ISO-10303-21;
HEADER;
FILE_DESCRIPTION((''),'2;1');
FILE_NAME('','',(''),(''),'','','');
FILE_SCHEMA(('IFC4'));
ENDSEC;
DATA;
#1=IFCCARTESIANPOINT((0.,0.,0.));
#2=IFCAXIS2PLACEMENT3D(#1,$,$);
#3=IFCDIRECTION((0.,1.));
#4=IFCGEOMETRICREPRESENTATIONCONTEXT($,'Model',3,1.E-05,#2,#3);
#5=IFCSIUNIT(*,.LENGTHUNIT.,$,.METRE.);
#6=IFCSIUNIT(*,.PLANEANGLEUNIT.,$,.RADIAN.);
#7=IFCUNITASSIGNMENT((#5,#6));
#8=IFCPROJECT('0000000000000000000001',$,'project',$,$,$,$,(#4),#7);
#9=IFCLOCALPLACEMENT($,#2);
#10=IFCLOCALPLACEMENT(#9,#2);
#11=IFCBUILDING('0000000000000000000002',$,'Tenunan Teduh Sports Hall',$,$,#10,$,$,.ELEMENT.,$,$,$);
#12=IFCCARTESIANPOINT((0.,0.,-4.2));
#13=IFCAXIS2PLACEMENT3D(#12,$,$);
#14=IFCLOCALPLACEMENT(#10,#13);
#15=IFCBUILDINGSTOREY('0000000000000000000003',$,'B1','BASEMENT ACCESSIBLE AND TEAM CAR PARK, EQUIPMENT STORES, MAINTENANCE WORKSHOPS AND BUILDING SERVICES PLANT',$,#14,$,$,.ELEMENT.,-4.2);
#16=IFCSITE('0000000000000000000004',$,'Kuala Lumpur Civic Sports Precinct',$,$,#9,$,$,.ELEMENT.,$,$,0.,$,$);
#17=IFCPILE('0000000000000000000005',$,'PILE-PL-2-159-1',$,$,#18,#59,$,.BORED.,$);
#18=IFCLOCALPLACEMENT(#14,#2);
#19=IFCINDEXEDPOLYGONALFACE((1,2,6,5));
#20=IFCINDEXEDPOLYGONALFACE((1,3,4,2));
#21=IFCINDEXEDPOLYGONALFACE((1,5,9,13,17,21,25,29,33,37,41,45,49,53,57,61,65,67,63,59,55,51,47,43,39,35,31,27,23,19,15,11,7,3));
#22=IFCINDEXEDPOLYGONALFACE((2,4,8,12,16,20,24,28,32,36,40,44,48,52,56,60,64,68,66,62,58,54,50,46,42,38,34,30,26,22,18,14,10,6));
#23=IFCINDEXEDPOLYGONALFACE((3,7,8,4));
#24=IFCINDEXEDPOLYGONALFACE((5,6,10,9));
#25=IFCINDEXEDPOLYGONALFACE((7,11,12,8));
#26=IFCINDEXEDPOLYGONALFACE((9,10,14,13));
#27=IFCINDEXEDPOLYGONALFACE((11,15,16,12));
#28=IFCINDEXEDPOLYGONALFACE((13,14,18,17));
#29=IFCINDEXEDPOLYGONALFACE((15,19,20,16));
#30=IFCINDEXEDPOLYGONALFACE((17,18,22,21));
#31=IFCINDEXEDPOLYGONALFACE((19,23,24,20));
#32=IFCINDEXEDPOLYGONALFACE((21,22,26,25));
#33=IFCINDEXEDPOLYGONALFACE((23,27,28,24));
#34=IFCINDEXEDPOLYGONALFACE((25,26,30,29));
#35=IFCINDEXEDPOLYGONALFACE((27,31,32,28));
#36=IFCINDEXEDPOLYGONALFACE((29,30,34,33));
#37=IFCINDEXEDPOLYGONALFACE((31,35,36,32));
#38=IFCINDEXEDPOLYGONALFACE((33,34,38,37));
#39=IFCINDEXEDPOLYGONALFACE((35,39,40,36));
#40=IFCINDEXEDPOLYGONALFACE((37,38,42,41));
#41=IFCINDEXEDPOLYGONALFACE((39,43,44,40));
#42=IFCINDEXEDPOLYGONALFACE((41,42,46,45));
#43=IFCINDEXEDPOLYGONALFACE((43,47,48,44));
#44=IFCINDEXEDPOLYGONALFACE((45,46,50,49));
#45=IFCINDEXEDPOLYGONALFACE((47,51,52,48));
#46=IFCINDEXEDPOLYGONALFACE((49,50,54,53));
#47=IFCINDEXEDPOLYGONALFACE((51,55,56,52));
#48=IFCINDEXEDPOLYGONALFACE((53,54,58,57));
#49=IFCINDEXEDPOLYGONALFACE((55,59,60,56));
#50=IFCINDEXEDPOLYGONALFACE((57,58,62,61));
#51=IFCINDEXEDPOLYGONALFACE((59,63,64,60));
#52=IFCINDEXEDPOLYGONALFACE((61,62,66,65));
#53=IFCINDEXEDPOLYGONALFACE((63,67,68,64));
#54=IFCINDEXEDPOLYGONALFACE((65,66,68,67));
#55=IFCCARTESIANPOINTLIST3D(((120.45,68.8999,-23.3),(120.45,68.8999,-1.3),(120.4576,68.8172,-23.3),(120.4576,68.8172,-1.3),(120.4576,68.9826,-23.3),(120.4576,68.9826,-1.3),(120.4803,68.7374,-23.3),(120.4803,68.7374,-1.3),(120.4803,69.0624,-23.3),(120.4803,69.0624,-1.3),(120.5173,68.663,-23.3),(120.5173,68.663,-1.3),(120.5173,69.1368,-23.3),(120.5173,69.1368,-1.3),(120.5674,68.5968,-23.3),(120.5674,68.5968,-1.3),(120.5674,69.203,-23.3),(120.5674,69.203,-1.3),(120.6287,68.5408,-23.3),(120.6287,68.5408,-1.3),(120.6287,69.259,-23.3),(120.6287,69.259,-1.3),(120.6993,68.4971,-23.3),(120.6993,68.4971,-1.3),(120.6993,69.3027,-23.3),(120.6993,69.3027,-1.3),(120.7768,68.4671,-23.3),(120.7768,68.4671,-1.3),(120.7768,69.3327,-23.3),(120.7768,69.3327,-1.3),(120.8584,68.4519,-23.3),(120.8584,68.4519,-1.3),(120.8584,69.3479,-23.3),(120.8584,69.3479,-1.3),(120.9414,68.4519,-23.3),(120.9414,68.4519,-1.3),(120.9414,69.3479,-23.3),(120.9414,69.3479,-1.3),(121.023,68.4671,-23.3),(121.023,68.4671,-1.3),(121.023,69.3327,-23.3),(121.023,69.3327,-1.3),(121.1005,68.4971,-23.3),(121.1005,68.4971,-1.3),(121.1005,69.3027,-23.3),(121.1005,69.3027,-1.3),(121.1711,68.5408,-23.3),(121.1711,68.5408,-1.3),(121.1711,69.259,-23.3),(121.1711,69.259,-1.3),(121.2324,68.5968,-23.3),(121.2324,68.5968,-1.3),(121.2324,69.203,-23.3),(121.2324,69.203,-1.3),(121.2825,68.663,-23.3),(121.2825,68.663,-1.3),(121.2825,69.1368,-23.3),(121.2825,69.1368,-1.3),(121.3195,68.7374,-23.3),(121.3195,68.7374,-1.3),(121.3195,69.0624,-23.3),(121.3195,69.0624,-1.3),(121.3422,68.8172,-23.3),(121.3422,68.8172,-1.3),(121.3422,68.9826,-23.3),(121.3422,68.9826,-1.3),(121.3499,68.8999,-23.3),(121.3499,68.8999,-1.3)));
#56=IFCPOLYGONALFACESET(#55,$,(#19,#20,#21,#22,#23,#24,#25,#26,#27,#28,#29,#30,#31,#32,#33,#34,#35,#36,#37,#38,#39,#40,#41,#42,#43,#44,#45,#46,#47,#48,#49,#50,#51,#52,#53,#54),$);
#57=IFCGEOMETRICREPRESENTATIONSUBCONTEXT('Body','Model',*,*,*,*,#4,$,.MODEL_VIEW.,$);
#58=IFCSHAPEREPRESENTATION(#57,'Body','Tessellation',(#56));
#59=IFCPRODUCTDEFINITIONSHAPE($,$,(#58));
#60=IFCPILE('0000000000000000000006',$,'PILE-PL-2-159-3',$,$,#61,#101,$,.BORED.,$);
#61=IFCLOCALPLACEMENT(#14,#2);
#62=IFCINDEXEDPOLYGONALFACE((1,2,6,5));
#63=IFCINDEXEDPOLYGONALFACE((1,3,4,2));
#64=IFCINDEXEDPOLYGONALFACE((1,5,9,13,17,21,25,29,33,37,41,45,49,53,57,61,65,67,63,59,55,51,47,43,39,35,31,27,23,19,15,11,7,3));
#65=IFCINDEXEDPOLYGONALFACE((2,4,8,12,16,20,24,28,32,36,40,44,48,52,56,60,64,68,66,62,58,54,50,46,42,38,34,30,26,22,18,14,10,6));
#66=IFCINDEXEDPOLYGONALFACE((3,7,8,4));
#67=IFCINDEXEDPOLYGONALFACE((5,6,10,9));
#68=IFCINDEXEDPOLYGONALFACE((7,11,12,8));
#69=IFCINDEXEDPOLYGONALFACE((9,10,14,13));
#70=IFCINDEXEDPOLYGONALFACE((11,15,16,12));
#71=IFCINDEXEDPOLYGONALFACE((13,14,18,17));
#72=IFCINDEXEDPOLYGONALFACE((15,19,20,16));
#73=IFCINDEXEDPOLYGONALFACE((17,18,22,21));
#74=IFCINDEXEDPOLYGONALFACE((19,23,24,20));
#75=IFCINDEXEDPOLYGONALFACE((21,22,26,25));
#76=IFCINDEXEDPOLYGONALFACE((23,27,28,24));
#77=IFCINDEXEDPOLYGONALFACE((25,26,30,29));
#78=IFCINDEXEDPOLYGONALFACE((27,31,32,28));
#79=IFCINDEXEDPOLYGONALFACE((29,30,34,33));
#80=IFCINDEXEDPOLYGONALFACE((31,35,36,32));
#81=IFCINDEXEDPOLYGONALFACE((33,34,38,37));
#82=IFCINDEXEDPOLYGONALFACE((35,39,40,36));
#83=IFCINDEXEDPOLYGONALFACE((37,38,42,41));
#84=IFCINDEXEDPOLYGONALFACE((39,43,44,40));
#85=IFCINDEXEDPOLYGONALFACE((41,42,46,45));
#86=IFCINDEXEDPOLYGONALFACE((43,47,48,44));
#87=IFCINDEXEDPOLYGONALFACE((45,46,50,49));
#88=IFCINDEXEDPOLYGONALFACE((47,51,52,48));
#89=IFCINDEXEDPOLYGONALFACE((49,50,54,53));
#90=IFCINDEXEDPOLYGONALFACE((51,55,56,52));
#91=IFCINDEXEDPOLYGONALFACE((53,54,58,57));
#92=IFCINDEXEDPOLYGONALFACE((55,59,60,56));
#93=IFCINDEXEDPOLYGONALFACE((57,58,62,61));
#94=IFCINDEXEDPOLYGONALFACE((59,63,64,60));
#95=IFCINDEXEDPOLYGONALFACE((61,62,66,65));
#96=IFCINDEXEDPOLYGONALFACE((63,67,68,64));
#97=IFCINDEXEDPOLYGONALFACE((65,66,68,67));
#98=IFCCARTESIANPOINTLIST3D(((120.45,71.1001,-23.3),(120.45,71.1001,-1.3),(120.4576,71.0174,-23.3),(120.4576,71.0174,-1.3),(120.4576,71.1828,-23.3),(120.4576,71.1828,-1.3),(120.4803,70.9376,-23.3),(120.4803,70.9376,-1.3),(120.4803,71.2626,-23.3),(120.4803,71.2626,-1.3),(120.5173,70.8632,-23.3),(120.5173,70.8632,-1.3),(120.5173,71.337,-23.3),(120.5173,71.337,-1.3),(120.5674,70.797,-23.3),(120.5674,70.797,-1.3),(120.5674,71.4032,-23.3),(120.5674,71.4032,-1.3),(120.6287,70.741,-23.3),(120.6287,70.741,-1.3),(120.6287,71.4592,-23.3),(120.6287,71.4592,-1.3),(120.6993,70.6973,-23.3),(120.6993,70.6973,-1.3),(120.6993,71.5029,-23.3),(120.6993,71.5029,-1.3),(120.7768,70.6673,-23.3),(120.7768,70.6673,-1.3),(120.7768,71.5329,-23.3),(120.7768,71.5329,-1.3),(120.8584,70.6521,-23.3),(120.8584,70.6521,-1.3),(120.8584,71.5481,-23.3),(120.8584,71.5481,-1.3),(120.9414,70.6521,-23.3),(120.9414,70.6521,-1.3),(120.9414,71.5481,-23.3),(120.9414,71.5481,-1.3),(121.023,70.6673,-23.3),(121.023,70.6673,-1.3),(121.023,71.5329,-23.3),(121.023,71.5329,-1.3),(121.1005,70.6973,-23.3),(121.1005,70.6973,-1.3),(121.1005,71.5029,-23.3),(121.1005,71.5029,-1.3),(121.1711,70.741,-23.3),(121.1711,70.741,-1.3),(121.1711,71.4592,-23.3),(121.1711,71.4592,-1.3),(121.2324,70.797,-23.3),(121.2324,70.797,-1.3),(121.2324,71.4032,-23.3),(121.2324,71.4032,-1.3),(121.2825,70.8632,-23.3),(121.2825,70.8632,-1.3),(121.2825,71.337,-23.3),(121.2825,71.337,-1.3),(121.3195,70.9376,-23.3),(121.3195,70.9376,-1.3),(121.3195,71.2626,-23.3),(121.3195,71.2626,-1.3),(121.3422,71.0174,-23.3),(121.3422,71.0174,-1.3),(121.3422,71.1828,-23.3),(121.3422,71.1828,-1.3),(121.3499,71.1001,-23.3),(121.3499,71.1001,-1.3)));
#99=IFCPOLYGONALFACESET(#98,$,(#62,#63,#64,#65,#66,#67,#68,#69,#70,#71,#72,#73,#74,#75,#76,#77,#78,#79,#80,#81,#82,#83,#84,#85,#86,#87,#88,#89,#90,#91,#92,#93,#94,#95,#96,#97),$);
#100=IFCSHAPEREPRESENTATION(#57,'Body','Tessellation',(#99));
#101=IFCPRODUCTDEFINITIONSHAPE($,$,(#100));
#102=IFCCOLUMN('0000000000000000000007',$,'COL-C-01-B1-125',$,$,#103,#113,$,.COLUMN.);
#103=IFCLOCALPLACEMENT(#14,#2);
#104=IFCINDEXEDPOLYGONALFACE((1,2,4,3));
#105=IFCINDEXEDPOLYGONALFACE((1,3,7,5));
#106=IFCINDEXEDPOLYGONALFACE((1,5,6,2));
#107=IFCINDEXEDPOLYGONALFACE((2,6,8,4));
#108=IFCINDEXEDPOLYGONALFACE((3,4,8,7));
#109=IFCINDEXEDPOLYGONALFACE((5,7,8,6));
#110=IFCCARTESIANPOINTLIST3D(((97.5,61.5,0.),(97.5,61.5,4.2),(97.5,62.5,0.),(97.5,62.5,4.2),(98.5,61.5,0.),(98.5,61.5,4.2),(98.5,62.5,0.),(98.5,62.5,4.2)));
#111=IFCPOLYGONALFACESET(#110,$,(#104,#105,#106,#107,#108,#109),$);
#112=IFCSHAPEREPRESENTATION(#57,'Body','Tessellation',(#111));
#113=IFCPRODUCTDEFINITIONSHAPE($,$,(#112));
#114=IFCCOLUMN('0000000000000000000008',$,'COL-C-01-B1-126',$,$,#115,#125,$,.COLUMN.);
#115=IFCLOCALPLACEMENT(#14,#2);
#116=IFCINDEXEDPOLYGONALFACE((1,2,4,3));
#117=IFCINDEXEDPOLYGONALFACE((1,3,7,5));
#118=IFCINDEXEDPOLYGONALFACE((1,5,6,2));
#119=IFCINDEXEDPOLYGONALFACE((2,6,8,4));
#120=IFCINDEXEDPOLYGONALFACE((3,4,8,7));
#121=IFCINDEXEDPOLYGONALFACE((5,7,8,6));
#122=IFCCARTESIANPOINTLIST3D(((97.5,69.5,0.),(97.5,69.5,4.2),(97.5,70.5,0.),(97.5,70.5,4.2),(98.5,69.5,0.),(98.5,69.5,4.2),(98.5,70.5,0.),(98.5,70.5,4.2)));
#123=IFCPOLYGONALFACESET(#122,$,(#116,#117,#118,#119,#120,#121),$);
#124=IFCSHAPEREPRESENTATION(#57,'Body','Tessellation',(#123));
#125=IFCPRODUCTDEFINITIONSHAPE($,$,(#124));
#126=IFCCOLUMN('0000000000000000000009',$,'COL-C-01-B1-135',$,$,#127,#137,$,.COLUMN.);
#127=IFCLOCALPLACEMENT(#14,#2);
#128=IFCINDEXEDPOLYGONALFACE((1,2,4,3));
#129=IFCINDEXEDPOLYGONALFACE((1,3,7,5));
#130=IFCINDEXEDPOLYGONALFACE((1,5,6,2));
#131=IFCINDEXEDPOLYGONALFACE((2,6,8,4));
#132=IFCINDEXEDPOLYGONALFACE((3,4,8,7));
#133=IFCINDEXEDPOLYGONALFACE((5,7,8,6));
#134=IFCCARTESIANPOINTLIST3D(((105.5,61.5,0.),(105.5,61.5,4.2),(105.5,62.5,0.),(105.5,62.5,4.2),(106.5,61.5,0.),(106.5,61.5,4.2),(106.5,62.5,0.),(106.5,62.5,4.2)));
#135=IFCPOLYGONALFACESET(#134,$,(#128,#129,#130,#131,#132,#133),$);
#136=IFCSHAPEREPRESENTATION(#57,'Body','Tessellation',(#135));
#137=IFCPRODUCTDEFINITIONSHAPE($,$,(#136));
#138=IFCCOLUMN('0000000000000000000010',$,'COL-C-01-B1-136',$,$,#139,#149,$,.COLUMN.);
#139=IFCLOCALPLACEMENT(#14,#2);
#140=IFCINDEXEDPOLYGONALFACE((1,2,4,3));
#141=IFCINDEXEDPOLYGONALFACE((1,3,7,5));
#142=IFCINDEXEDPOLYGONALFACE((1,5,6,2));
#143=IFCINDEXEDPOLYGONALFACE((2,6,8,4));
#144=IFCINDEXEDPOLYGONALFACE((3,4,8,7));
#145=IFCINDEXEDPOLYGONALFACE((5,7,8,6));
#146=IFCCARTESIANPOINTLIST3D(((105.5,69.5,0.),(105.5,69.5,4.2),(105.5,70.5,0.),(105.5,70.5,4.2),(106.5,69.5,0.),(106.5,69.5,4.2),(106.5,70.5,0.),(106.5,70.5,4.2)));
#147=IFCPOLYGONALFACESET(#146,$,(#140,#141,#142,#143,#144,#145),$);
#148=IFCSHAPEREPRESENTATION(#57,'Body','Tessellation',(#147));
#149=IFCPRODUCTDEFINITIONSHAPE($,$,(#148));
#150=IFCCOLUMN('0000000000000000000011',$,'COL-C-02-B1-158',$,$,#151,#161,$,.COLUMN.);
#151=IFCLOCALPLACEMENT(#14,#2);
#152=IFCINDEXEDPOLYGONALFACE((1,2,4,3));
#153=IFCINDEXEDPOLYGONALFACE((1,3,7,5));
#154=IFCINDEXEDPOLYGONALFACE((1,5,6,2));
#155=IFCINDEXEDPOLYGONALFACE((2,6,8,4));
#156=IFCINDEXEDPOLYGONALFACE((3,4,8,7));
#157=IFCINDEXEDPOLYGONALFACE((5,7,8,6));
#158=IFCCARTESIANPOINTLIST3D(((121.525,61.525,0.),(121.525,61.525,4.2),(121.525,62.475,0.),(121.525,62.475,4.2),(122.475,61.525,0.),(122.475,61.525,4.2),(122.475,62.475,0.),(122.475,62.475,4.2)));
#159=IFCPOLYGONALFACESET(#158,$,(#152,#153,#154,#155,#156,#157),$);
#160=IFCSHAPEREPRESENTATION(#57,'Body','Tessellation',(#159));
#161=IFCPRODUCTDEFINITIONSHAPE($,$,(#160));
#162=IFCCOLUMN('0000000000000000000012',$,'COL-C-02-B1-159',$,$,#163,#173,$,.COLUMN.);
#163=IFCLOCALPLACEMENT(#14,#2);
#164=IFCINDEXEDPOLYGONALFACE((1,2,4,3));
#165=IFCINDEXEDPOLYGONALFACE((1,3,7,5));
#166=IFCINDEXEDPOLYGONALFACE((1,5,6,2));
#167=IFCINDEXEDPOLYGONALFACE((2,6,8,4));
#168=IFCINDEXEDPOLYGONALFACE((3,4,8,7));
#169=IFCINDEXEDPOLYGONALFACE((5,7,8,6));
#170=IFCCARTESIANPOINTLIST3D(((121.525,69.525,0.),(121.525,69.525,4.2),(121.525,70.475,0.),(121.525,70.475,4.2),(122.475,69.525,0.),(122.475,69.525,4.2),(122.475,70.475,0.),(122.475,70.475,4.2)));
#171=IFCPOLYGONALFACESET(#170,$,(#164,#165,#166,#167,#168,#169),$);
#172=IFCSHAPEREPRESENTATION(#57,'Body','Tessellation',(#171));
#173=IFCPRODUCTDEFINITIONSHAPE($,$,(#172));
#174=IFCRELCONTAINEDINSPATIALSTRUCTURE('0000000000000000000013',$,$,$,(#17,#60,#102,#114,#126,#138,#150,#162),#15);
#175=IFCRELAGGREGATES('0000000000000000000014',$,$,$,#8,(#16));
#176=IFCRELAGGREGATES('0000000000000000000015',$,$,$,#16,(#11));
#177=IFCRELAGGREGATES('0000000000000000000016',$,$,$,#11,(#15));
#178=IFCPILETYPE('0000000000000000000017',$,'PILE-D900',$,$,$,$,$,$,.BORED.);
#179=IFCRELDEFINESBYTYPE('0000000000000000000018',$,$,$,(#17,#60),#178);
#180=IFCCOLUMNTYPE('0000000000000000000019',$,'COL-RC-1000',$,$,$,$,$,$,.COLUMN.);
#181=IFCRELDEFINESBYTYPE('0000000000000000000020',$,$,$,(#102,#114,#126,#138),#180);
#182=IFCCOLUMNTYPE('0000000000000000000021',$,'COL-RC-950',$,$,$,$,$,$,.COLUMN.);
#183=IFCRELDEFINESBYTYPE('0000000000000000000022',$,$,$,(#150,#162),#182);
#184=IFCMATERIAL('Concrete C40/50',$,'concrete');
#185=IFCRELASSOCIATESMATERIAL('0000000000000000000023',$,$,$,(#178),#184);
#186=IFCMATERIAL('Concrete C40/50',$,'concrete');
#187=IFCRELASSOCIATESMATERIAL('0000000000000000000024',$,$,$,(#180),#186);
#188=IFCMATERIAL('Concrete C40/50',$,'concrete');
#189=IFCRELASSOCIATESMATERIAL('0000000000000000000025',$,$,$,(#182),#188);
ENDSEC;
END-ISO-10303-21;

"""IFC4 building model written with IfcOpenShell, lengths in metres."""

from ifc_helpers import new_model, si_unit, direction, frame, origin, origin_2d, place, context, subcontext, project, spatial, rectangle, circle, extrude, material, material_profile, profile_set, type_object, element, save


model = new_model("IFC4")

# Units and contexts
model_context = context("Model", 3, precision=1e-05, world=origin(), true_north=direction((0.0, 1.0)))
body_context = subcontext(model_context, "Body", "Model", "MODEL_VIEW")
ifc_project = project(units=[si_unit("LENGTHUNIT", "METRE"), si_unit("PLANEANGLEUNIT", "RADIAN")], contexts=[model_context])

# Site, building, storey
site_placement = place(None, origin())
site = spatial("IfcSite", under=ifc_project, at=site_placement, Name="Kuala Lumpur Civic Sports Precinct", CompositionType="ELEMENT", RefElevation=0.0)
building_placement = place(site_placement, origin())
building = spatial("IfcBuilding", under=site, at=building_placement, Name="Tenunan Teduh Sports Hall", CompositionType="ELEMENT")
storey_placement = place(building_placement, frame((0.0, 0.0, -4.2)))
storey = spatial("IfcBuildingStorey", under=building, at=storey_placement, Name="B1", Description="BASEMENT ACCESSIBLE AND TEAM CAR PARK, EQUIPMENT STORES, MAINTENANCE WORKSHOPS AND BUILDING SERVICES PLANT", CompositionType="ELEMENT", Elevation=-4.2)

# Piles
ifc_material_1 = material(Name="Concrete C40/50", Category="concrete")
ifc_material_profile_1 = material_profile(ifc_material_1, circle(Radius=0.45, at=origin_2d()), Name="PILE D900")
ifc_profile_set_1 = profile_set([ifc_material_profile_1], Name="Concrete C40/50")
pile_type = type_object("IfcPileType", Name="PILE-D900", PredefinedType="BORED", material=ifc_profile_set_1)
for number, where, z_axis, x_axis, name in (
    (1, (120.8999, 68.8999, -1.3), (0.0, 0.0, -1.0), (1.0, 0.0, 0.0), "PILE-PL-2-159-1"),
    (2, (120.8999, 71.1001, -1.3), (0.0, 0.0, -1.0), (1.0, 0.0, 0.0), "PILE-PL-2-159-3"),
):
    element("IfcPile", number, at=place(storey_placement, frame(where, z_axis=z_axis, x_axis=x_axis)), inside=storey, type_object=pile_type, Name=name, PredefinedType="BORED", context=body_context, shape_type="SweptSolid", body=[
        extrude(circle(Radius=0.45, at=origin_2d()), origin(), (0.0, 0.0, 1.0), 22.0),
    ])

# Columns
ifc_material_2 = material(Name="Concrete C40/50", Category="concrete")
ifc_material_profile_2 = material_profile(ifc_material_2, rectangle(XDim=1.0, YDim=1.0, at=origin_2d()), Name="RC 1000x1000")
ifc_profile_set_2 = profile_set([ifc_material_profile_2], Name="Concrete C40/50")
column_type_1 = type_object("IfcColumnType", Name="COL-RC-1000", PredefinedType="COLUMN", material=ifc_profile_set_2)
for number, where, z_axis, x_axis, name in (
    (3, (98.0, 62.0, 0.0), (0.0, 0.0, 1.0), (1.0, 0.0, 0.0), "COL-C-01-B1-125"),
    (4, (98.0, 70.0, 0.0), (0.0, 0.0, 1.0), (1.0, 0.0, 0.0), "COL-C-01-B1-126"),
    (5, (106.0, 62.0, 0.0), (0.0, 0.0, 1.0), (1.0, 0.0, 0.0), "COL-C-01-B1-135"),
    (6, (106.0, 70.0, 0.0), (0.0, 0.0, 1.0), (1.0, 0.0, 0.0), "COL-C-01-B1-136"),
):
    element("IfcColumn", number, at=place(storey_placement, frame(where, z_axis=z_axis, x_axis=x_axis)), inside=storey, type_object=column_type_1, Name=name, PredefinedType="COLUMN", context=body_context, shape_type="SweptSolid", body=[
        extrude(rectangle(XDim=1.0, YDim=1.0, at=origin_2d()), origin(), (0.0, 0.0, 1.0), 4.2),
    ])
ifc_material_3 = material(Name="Concrete C40/50", Category="concrete")
ifc_material_profile_3 = material_profile(ifc_material_3, rectangle(XDim=0.95, YDim=0.95, at=origin_2d()), Name="RC 950x950")
ifc_profile_set_3 = profile_set([ifc_material_profile_3], Name="Concrete C40/50")
column_type_2 = type_object("IfcColumnType", Name="COL-RC-950", PredefinedType="COLUMN", material=ifc_profile_set_3)
for number, where, z_axis, x_axis, name in (
    (7, (122.0, 62.0, 0.0), (0.0, 0.0, 1.0), (1.0, 0.0, 0.0), "COL-C-02-B1-158"),
    (8, (122.0, 70.0, 0.0), (0.0, 0.0, 1.0), (1.0, 0.0, 0.0), "COL-C-02-B1-159"),
):
    element("IfcColumn", number, at=place(storey_placement, frame(where, z_axis=z_axis, x_axis=x_axis)), inside=storey, type_object=column_type_2, Name=name, PredefinedType="COLUMN", context=body_context, shape_type="SweptSolid", body=[
        extrude(rectangle(XDim=0.95, YDim=0.95, at=origin_2d()), origin(), (0.0, 0.0, 1.0), 4.2),
    ])

save(model, "model.ifc")
